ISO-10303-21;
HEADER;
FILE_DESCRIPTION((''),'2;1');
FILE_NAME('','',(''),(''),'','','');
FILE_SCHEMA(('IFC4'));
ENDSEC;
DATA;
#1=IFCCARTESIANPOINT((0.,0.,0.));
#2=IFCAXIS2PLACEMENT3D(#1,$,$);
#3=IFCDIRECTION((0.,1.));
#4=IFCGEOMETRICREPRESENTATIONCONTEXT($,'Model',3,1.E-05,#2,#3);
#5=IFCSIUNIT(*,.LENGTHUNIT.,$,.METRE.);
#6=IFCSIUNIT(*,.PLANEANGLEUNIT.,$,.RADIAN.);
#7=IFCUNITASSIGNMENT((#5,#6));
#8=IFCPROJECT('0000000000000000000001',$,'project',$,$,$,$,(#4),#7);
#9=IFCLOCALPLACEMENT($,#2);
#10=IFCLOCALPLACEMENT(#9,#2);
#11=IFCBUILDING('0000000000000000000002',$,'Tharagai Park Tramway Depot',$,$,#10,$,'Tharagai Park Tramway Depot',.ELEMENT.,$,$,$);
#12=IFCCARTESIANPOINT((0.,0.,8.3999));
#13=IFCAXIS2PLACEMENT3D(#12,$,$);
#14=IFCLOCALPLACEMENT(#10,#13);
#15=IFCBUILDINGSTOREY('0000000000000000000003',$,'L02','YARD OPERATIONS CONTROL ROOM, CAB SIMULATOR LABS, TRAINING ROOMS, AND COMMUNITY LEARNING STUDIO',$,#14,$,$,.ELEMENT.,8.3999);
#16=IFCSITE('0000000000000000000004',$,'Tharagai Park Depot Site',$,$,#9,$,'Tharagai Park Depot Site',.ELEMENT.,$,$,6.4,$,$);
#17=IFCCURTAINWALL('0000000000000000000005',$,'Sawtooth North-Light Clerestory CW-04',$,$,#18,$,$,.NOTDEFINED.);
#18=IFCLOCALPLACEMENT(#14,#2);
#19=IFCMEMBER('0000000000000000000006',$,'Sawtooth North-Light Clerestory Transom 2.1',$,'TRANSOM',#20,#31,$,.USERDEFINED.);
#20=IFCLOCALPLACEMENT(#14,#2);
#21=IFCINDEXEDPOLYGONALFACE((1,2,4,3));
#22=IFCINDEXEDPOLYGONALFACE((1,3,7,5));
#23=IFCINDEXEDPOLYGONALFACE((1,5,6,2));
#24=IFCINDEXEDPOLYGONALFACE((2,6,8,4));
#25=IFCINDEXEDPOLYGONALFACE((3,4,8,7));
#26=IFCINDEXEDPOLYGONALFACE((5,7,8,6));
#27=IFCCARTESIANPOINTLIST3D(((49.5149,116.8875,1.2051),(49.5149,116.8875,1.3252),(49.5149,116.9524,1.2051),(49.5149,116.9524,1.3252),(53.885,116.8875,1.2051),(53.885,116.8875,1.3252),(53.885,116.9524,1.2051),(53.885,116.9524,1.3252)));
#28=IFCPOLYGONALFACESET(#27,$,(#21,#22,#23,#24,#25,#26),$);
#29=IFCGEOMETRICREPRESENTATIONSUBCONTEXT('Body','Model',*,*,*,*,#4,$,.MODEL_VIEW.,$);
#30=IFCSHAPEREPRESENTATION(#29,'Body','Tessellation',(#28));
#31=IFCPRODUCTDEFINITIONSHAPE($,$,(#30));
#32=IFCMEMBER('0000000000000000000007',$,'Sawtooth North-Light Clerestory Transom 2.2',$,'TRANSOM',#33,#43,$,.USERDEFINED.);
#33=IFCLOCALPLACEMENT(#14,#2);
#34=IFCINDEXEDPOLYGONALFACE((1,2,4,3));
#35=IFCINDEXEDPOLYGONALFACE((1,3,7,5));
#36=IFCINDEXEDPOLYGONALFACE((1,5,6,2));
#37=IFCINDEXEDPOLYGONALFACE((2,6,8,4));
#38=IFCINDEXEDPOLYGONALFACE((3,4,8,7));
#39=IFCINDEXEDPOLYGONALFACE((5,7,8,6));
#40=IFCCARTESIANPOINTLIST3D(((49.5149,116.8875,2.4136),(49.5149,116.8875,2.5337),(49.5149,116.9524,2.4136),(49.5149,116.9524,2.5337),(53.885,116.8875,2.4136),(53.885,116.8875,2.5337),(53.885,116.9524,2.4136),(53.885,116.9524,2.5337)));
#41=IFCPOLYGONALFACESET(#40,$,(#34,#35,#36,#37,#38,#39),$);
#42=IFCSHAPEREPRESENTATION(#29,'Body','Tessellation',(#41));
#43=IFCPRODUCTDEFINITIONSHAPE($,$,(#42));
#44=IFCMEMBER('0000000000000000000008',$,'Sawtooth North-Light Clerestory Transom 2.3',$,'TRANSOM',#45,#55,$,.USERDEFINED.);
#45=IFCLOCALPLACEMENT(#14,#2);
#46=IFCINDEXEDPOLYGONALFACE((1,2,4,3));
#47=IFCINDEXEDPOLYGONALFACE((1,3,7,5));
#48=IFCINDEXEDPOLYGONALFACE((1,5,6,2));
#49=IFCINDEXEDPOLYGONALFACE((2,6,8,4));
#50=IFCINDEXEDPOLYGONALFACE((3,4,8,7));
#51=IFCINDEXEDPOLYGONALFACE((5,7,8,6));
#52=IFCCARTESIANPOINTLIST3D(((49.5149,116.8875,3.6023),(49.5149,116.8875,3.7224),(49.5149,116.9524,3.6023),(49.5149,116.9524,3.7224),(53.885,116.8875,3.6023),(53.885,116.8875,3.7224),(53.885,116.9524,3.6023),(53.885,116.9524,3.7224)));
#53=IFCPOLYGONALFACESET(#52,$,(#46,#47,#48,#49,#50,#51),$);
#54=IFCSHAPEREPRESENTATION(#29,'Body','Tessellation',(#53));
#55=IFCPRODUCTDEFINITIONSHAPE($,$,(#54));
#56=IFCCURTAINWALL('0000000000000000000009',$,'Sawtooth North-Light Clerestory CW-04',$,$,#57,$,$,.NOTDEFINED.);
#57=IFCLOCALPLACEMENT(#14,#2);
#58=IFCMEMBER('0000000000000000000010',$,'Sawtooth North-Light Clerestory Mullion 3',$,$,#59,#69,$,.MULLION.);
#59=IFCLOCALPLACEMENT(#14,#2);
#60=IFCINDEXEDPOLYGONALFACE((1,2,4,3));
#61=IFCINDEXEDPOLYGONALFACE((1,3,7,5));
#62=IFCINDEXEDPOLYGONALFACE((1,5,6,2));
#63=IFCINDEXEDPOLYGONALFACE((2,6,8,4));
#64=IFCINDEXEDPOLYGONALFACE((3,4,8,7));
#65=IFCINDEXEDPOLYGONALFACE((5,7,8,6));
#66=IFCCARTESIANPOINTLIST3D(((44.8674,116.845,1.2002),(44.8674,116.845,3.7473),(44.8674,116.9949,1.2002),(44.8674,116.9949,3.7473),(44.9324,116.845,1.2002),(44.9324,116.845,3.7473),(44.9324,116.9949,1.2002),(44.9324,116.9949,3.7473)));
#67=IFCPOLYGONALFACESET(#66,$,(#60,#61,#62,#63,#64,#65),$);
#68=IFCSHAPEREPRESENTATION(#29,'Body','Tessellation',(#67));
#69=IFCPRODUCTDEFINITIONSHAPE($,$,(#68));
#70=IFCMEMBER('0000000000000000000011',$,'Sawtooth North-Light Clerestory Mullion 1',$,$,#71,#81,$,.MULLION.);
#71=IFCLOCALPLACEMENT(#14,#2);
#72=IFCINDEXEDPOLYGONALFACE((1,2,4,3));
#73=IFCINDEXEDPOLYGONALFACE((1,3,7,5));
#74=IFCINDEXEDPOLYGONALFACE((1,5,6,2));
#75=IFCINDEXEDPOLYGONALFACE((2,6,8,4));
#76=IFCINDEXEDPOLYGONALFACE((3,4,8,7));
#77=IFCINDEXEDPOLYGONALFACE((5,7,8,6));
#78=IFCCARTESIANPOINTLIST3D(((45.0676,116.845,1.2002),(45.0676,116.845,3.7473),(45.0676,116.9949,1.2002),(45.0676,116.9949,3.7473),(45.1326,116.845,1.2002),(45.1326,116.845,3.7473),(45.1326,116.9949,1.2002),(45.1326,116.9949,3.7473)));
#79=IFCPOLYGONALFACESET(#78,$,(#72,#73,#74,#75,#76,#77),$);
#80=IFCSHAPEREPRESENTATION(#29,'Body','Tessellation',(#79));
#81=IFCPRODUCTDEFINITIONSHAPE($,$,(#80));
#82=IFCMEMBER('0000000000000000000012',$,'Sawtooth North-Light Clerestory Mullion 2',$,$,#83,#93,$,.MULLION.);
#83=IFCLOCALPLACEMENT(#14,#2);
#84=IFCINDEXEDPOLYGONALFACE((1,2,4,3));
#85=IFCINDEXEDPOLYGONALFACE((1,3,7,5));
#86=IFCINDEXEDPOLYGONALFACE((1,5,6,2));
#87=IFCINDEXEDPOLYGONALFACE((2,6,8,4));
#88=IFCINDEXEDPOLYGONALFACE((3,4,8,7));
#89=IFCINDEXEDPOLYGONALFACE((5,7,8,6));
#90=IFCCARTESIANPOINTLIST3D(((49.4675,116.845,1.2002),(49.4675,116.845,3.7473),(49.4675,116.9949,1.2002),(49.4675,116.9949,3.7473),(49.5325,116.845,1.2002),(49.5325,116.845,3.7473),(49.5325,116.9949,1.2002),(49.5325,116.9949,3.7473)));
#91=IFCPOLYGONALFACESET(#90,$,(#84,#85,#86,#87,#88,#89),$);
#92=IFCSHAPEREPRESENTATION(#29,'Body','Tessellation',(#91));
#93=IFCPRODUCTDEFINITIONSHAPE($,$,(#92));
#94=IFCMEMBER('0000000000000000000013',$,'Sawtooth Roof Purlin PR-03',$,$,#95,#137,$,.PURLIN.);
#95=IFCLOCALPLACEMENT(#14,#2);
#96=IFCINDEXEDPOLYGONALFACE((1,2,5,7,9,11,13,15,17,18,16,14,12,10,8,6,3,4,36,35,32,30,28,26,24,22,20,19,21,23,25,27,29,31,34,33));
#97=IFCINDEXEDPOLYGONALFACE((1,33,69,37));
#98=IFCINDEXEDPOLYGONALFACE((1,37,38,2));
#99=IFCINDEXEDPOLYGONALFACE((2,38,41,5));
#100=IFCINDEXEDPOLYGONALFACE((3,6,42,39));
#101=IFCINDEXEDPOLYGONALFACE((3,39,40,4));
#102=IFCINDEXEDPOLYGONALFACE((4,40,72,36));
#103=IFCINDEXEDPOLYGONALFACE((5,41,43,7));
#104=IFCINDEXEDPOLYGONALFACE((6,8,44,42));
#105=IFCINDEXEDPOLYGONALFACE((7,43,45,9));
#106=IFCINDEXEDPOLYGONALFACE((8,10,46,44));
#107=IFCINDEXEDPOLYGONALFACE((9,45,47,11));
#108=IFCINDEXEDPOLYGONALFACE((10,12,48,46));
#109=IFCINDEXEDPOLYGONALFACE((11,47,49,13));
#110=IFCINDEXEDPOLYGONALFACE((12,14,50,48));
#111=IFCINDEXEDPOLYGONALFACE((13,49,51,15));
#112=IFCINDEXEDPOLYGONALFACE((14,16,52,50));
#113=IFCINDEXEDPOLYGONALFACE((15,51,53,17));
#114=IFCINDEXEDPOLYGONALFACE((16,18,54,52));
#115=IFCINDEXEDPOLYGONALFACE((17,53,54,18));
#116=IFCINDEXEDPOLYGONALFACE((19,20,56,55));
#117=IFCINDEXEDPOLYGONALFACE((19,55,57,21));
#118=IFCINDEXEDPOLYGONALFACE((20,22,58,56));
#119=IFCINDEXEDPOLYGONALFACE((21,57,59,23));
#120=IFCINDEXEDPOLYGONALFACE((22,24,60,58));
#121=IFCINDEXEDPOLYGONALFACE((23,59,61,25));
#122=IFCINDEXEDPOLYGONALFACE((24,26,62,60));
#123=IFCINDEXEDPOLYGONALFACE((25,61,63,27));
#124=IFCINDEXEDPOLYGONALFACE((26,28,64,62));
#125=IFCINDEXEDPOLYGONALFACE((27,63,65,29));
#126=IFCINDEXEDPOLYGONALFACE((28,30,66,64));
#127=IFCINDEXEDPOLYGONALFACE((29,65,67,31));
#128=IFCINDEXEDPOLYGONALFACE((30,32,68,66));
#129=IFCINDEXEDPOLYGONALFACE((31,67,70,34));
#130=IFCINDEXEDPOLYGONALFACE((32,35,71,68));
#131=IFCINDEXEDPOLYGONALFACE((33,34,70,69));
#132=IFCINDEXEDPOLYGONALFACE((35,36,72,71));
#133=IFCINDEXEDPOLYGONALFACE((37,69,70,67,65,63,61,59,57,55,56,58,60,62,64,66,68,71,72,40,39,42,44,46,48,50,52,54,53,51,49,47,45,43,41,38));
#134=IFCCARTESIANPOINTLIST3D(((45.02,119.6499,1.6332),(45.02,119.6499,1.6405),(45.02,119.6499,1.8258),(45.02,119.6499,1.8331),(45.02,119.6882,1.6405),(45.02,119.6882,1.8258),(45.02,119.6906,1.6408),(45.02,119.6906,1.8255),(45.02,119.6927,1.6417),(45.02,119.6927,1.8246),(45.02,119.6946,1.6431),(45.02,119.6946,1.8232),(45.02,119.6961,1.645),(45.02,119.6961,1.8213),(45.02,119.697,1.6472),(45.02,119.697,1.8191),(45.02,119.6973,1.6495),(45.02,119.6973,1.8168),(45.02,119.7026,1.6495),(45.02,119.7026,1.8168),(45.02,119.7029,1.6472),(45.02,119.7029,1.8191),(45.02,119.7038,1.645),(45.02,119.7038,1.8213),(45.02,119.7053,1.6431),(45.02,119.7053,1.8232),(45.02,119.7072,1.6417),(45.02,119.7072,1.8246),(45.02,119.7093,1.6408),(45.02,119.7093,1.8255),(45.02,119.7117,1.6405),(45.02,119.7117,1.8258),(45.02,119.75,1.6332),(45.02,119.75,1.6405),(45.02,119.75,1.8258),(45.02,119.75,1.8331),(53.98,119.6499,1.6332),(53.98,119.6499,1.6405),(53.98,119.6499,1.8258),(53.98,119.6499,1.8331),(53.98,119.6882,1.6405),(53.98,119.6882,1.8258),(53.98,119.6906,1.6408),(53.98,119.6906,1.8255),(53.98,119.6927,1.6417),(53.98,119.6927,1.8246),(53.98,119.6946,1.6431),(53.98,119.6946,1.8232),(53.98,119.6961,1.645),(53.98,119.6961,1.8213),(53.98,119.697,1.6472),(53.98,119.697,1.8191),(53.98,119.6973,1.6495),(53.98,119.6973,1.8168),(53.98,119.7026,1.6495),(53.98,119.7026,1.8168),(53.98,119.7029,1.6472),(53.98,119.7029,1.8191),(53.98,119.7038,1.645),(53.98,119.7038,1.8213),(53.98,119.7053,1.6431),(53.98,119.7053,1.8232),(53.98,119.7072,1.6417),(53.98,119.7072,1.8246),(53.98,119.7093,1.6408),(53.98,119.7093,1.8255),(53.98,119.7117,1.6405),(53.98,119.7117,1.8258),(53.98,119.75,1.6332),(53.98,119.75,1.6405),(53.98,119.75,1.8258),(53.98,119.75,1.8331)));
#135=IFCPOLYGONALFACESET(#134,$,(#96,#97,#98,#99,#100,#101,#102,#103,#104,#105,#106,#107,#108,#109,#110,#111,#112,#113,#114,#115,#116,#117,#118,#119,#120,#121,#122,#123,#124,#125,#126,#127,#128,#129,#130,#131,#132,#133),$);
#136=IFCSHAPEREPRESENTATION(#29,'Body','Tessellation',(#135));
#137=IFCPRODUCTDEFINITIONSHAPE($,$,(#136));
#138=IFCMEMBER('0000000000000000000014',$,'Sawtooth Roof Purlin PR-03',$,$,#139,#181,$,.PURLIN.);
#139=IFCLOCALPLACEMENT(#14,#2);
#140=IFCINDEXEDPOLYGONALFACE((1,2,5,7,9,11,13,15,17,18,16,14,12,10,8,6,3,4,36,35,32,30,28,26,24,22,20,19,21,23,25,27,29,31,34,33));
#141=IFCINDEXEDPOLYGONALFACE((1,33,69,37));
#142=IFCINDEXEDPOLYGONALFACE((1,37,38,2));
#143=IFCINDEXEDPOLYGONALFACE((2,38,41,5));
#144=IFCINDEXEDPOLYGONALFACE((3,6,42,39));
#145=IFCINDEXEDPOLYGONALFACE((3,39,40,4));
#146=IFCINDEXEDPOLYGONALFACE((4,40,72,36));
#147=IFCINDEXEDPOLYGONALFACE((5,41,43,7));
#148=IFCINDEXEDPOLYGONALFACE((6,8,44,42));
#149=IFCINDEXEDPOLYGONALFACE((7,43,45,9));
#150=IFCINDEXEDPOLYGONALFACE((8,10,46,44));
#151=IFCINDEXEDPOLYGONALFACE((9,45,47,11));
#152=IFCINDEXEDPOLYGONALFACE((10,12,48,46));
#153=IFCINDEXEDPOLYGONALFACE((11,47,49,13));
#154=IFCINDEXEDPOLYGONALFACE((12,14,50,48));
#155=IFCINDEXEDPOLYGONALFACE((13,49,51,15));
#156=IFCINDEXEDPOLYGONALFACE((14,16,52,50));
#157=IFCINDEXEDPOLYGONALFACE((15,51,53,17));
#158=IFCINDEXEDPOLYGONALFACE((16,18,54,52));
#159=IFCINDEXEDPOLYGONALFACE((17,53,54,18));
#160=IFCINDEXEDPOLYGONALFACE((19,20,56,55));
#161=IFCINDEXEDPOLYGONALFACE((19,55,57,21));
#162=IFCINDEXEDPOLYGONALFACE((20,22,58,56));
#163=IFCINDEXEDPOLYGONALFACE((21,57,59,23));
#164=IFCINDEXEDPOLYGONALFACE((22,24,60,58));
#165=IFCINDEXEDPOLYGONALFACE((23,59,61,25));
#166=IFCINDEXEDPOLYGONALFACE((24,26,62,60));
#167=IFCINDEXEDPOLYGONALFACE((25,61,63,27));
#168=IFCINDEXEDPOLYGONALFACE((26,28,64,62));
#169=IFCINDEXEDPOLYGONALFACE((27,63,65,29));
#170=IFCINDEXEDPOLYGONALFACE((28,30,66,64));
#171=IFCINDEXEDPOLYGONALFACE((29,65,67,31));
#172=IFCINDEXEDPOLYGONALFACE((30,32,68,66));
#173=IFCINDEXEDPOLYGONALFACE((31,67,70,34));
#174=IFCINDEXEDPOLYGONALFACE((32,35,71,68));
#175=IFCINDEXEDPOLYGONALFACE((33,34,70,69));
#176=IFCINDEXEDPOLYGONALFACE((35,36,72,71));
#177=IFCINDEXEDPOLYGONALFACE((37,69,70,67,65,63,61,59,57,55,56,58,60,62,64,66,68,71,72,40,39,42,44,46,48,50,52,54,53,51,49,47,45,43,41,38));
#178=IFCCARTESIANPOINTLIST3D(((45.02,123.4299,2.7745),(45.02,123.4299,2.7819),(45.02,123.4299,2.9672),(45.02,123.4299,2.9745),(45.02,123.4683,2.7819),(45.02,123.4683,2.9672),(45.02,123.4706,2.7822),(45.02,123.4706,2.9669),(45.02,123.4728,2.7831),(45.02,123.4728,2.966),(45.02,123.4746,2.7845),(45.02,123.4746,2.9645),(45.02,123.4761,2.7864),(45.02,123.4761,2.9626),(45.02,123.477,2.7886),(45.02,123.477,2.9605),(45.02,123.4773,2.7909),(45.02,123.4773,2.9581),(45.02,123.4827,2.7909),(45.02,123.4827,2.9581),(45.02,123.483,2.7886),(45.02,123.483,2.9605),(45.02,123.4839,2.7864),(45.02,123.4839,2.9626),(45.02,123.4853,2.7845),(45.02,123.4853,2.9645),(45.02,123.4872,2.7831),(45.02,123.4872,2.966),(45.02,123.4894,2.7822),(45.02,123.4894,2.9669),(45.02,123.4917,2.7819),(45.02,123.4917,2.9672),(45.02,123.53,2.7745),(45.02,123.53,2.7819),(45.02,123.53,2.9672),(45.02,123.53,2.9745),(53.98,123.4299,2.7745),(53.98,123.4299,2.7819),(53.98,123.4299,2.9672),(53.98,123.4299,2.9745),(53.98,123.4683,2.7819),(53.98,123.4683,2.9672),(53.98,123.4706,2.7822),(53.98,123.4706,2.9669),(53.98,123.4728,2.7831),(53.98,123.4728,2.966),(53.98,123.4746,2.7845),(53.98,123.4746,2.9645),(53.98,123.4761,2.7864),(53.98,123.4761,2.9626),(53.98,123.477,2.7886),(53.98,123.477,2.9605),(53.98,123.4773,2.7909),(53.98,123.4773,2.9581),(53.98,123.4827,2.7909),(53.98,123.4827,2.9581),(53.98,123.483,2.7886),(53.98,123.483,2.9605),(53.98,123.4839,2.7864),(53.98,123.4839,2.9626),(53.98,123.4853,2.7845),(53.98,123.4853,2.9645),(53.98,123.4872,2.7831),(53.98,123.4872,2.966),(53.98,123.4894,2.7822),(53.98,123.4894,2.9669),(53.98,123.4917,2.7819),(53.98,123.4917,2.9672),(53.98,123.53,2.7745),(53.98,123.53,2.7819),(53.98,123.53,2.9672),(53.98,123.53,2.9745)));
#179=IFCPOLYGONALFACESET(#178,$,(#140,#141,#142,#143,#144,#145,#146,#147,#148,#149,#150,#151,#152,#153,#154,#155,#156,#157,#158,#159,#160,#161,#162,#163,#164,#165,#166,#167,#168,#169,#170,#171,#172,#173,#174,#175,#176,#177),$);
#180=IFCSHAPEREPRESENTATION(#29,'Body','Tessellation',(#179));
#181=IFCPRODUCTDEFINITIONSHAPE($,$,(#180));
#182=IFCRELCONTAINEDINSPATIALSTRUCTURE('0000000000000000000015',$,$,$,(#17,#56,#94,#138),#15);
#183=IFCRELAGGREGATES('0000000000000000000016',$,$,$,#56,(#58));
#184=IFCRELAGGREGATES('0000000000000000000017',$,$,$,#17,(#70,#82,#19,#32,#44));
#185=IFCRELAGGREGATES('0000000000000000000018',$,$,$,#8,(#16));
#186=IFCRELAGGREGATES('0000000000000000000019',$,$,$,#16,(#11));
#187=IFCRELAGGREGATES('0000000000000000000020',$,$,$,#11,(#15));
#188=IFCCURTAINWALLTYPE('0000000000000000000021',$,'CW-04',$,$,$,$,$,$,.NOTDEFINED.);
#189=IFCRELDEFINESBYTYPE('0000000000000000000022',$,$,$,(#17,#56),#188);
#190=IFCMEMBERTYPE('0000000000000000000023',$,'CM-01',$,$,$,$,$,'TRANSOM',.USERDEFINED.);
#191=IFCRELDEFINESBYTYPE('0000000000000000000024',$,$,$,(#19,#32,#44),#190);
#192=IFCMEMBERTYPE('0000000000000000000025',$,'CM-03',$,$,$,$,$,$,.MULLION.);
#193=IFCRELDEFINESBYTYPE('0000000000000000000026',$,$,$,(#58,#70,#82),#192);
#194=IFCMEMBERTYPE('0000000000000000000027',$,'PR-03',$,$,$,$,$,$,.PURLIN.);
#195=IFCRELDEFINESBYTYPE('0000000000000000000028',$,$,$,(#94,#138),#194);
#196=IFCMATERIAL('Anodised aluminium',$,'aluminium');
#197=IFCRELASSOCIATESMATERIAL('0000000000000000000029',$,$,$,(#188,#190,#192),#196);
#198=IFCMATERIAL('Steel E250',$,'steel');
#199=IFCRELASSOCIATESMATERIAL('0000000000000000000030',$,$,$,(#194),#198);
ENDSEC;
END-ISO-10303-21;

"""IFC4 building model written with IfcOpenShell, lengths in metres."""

from ifc_helpers import new_model, si_unit, direction, frame, origin, origin_2d, place, context, subcontext, project, spatial, rectangle, i_section, extrude, material, material_profile, profile_set, type_object, element, aggregate, save


model = new_model("IFC4")

# Units and contexts
model_context = context("Model", 3, precision=1e-05, world=origin(), true_north=direction((0.0, 1.0)))
body_context = subcontext(model_context, "Body", "Model", "MODEL_VIEW")
ifc_project = project(units=[si_unit("LENGTHUNIT", "METRE"), si_unit("PLANEANGLEUNIT", "RADIAN")], contexts=[model_context])

# Site, building, storey
site_placement = place(None, origin())
site = spatial("IfcSite", under=ifc_project, at=site_placement, Name="Tharagai Park Depot Site", LongName="Tharagai Park Depot Site", CompositionType="ELEMENT", RefElevation=6.4)
building_placement = place(site_placement, origin())
building = spatial("IfcBuilding", under=site, at=building_placement, Name="Tharagai Park Tramway Depot", LongName="Tharagai Park Tramway Depot", CompositionType="ELEMENT")
storey_placement = place(building_placement, frame((0.0, 0.0, 8.3999)))
storey = spatial("IfcBuildingStorey", under=building, at=storey_placement, Name="L02", Description="YARD OPERATIONS CONTROL ROOM, CAB SIMULATOR LABS, TRAINING ROOMS, AND COMMUNITY LEARNING STUDIO", CompositionType="ELEMENT", Elevation=8.3999)

# Curtain wall, members
ifc_material_1 = material(Name="Anodised aluminium", Category="aluminium")
curtain_wall_type = type_object("IfcCurtainWallType", Name="CW-04", PredefinedType="NOTDEFINED", material=ifc_material_1)
curtain_wall_1_placement = place(storey_placement, origin())
curtain_wall_1 = element("IfcCurtainWall", 1, at=curtain_wall_1_placement, inside=storey, type_object=curtain_wall_type, Name="Sawtooth North-Light Clerestory CW-04", PredefinedType="NOTDEFINED")
ifc_material_profile_1 = material_profile(ifc_material_1, rectangle(XDim=0.0649, YDim=0.1201, at=origin_2d()), Name="ALU 65x120")
ifc_profile_set_1 = profile_set([ifc_material_profile_1], Name="Anodised aluminium")
member_type_1 = type_object("IfcMemberType", Name="CM-01", ElementType="TRANSOM", PredefinedType="USERDEFINED", material=ifc_profile_set_1)
member_1_placement = place(storey_placement, frame((49.5149, 116.9199, 1.2651), z_axis=(1.0, 0.0, 0.0), x_axis=(0.0, 1.0, 0.0)))
member_1 = element("IfcMember", 2, at=member_1_placement, type_object=member_type_1, Name="Sawtooth North-Light Clerestory Transom 2.1", ObjectType="TRANSOM", PredefinedType="USERDEFINED", context=body_context, shape_type="SweptSolid", body=[
    extrude(rectangle(XDim=0.0649, YDim=0.1201, at=origin_2d()), origin(), (0.0, 0.0, 1.0), 4.3701),
])
member_2_placement = place(storey_placement, frame((49.5149, 116.9199, 2.4736), z_axis=(1.0, 0.0, 0.0), x_axis=(0.0, 1.0, 0.0)))
member_2 = element("IfcMember", 3, at=member_2_placement, type_object=member_type_1, Name="Sawtooth North-Light Clerestory Transom 2.2", ObjectType="TRANSOM", PredefinedType="USERDEFINED", context=body_context, shape_type="SweptSolid", body=[
    extrude(rectangle(XDim=0.0649, YDim=0.1201, at=origin_2d()), origin(), (0.0, 0.0, 1.0), 4.3701),
])
member_3_placement = place(storey_placement, frame((49.5149, 116.9199, 3.6624), z_axis=(1.0, 0.0, 0.0), x_axis=(0.0, 1.0, 0.0)))
member_3 = element("IfcMember", 4, at=member_3_placement, type_object=member_type_1, Name="Sawtooth North-Light Clerestory Transom 2.3", ObjectType="TRANSOM", PredefinedType="USERDEFINED", context=body_context, shape_type="SweptSolid", body=[
    extrude(rectangle(XDim=0.0649, YDim=0.1201, at=origin_2d()), origin(), (0.0, 0.0, 1.0), 4.3701),
])

# Curtain wall, member
curtain_wall_2_placement = place(storey_placement, origin())
curtain_wall_2 = element("IfcCurtainWall", 5, at=curtain_wall_2_placement, inside=storey, type_object=curtain_wall_type, Name="Sawtooth North-Light Clerestory CW-04", PredefinedType="NOTDEFINED")
ifc_material_profile_2 = material_profile(ifc_material_1, rectangle(XDim=0.0649, YDim=0.1499, at=origin_2d()), Name="ALU 65x150")
ifc_profile_set_2 = profile_set([ifc_material_profile_2], Name="Anodised aluminium")
member_type_2 = type_object("IfcMemberType", Name="CM-03", PredefinedType="MULLION", material=ifc_profile_set_2)
member_4_placement = place(storey_placement, frame((44.8999, 116.9199, 1.2002), z_axis=(0.0, 0.0, 1.0), x_axis=(1.0, 0.0, 0.0)))
member_4 = element("IfcMember", 6, at=member_4_placement, type_object=member_type_2, Name="Sawtooth North-Light Clerestory Mullion 3", PredefinedType="MULLION", context=body_context, shape_type="SweptSolid", body=[
    extrude(rectangle(XDim=0.0649, YDim=0.1499, at=origin_2d()), origin(), (0.0, 0.0, 1.0), 2.5471),
])

# Members
member_5_placement = place(storey_placement, frame((45.1001, 116.9199, 1.2002), z_axis=(0.0, 0.0, 1.0), x_axis=(1.0, 0.0, 0.0)))
member_5 = element("IfcMember", 7, at=member_5_placement, type_object=member_type_2, Name="Sawtooth North-Light Clerestory Mullion 1", PredefinedType="MULLION", context=body_context, shape_type="SweptSolid", body=[
    extrude(rectangle(XDim=0.0649, YDim=0.1499, at=origin_2d()), origin(), (0.0, 0.0, 1.0), 2.5471),
])
member_6_placement = place(storey_placement, frame((49.5, 116.9199, 1.2002), z_axis=(0.0, 0.0, 1.0), x_axis=(1.0, 0.0, 0.0)))
member_6 = element("IfcMember", 8, at=member_6_placement, type_object=member_type_2, Name="Sawtooth North-Light Clerestory Mullion 2", PredefinedType="MULLION", context=body_context, shape_type="SweptSolid", body=[
    extrude(rectangle(XDim=0.0649, YDim=0.1499, at=origin_2d()), origin(), (0.0, 0.0, 1.0), 2.5471),
])

# Members
ifc_material_2 = material(Name="Steel E250", Category="steel")
ifc_material_profile_3 = material_profile(ifc_material_2, i_section(OverallWidth=0.1001, OverallDepth=0.2, WebThickness=0.0054, FlangeThickness=0.0073, FilletRadius=0.009, at=origin_2d()), Name="ISLB 200")
ifc_profile_set_3 = profile_set([ifc_material_profile_3], Name="Steel E250")
member_type_3 = type_object("IfcMemberType", Name="PR-03", PredefinedType="PURLIN", material=ifc_profile_set_3)
for number, where, z_axis, x_axis, name in (
    (9, (45.02, 119.7, 1.7332), (1.0, 0.0, 0.0), (0.0, 1.0, 0.0), "Sawtooth Roof Purlin PR-03"),
    (10, (45.02, 123.48, 2.8745), (1.0, 0.0, 0.0), (0.0, 1.0, 0.0), "Sawtooth Roof Purlin PR-03"),
):
    element("IfcMember", number, at=place(storey_placement, frame(where, z_axis=z_axis, x_axis=x_axis)), inside=storey, type_object=member_type_3, Name=name, PredefinedType="PURLIN", context=body_context, shape_type="SweptSolid", body=[
        extrude(i_section(OverallWidth=0.1001, OverallDepth=0.2, WebThickness=0.0054, FlangeThickness=0.0073, FilletRadius=0.009, at=origin_2d()), origin(), (0.0, 0.0, 1.0), 8.96),
    ])

aggregate(curtain_wall_2, [member_4])
aggregate(curtain_wall_1, [member_5, member_6, member_1, member_2, member_3])

save(model, "model.ifc")
